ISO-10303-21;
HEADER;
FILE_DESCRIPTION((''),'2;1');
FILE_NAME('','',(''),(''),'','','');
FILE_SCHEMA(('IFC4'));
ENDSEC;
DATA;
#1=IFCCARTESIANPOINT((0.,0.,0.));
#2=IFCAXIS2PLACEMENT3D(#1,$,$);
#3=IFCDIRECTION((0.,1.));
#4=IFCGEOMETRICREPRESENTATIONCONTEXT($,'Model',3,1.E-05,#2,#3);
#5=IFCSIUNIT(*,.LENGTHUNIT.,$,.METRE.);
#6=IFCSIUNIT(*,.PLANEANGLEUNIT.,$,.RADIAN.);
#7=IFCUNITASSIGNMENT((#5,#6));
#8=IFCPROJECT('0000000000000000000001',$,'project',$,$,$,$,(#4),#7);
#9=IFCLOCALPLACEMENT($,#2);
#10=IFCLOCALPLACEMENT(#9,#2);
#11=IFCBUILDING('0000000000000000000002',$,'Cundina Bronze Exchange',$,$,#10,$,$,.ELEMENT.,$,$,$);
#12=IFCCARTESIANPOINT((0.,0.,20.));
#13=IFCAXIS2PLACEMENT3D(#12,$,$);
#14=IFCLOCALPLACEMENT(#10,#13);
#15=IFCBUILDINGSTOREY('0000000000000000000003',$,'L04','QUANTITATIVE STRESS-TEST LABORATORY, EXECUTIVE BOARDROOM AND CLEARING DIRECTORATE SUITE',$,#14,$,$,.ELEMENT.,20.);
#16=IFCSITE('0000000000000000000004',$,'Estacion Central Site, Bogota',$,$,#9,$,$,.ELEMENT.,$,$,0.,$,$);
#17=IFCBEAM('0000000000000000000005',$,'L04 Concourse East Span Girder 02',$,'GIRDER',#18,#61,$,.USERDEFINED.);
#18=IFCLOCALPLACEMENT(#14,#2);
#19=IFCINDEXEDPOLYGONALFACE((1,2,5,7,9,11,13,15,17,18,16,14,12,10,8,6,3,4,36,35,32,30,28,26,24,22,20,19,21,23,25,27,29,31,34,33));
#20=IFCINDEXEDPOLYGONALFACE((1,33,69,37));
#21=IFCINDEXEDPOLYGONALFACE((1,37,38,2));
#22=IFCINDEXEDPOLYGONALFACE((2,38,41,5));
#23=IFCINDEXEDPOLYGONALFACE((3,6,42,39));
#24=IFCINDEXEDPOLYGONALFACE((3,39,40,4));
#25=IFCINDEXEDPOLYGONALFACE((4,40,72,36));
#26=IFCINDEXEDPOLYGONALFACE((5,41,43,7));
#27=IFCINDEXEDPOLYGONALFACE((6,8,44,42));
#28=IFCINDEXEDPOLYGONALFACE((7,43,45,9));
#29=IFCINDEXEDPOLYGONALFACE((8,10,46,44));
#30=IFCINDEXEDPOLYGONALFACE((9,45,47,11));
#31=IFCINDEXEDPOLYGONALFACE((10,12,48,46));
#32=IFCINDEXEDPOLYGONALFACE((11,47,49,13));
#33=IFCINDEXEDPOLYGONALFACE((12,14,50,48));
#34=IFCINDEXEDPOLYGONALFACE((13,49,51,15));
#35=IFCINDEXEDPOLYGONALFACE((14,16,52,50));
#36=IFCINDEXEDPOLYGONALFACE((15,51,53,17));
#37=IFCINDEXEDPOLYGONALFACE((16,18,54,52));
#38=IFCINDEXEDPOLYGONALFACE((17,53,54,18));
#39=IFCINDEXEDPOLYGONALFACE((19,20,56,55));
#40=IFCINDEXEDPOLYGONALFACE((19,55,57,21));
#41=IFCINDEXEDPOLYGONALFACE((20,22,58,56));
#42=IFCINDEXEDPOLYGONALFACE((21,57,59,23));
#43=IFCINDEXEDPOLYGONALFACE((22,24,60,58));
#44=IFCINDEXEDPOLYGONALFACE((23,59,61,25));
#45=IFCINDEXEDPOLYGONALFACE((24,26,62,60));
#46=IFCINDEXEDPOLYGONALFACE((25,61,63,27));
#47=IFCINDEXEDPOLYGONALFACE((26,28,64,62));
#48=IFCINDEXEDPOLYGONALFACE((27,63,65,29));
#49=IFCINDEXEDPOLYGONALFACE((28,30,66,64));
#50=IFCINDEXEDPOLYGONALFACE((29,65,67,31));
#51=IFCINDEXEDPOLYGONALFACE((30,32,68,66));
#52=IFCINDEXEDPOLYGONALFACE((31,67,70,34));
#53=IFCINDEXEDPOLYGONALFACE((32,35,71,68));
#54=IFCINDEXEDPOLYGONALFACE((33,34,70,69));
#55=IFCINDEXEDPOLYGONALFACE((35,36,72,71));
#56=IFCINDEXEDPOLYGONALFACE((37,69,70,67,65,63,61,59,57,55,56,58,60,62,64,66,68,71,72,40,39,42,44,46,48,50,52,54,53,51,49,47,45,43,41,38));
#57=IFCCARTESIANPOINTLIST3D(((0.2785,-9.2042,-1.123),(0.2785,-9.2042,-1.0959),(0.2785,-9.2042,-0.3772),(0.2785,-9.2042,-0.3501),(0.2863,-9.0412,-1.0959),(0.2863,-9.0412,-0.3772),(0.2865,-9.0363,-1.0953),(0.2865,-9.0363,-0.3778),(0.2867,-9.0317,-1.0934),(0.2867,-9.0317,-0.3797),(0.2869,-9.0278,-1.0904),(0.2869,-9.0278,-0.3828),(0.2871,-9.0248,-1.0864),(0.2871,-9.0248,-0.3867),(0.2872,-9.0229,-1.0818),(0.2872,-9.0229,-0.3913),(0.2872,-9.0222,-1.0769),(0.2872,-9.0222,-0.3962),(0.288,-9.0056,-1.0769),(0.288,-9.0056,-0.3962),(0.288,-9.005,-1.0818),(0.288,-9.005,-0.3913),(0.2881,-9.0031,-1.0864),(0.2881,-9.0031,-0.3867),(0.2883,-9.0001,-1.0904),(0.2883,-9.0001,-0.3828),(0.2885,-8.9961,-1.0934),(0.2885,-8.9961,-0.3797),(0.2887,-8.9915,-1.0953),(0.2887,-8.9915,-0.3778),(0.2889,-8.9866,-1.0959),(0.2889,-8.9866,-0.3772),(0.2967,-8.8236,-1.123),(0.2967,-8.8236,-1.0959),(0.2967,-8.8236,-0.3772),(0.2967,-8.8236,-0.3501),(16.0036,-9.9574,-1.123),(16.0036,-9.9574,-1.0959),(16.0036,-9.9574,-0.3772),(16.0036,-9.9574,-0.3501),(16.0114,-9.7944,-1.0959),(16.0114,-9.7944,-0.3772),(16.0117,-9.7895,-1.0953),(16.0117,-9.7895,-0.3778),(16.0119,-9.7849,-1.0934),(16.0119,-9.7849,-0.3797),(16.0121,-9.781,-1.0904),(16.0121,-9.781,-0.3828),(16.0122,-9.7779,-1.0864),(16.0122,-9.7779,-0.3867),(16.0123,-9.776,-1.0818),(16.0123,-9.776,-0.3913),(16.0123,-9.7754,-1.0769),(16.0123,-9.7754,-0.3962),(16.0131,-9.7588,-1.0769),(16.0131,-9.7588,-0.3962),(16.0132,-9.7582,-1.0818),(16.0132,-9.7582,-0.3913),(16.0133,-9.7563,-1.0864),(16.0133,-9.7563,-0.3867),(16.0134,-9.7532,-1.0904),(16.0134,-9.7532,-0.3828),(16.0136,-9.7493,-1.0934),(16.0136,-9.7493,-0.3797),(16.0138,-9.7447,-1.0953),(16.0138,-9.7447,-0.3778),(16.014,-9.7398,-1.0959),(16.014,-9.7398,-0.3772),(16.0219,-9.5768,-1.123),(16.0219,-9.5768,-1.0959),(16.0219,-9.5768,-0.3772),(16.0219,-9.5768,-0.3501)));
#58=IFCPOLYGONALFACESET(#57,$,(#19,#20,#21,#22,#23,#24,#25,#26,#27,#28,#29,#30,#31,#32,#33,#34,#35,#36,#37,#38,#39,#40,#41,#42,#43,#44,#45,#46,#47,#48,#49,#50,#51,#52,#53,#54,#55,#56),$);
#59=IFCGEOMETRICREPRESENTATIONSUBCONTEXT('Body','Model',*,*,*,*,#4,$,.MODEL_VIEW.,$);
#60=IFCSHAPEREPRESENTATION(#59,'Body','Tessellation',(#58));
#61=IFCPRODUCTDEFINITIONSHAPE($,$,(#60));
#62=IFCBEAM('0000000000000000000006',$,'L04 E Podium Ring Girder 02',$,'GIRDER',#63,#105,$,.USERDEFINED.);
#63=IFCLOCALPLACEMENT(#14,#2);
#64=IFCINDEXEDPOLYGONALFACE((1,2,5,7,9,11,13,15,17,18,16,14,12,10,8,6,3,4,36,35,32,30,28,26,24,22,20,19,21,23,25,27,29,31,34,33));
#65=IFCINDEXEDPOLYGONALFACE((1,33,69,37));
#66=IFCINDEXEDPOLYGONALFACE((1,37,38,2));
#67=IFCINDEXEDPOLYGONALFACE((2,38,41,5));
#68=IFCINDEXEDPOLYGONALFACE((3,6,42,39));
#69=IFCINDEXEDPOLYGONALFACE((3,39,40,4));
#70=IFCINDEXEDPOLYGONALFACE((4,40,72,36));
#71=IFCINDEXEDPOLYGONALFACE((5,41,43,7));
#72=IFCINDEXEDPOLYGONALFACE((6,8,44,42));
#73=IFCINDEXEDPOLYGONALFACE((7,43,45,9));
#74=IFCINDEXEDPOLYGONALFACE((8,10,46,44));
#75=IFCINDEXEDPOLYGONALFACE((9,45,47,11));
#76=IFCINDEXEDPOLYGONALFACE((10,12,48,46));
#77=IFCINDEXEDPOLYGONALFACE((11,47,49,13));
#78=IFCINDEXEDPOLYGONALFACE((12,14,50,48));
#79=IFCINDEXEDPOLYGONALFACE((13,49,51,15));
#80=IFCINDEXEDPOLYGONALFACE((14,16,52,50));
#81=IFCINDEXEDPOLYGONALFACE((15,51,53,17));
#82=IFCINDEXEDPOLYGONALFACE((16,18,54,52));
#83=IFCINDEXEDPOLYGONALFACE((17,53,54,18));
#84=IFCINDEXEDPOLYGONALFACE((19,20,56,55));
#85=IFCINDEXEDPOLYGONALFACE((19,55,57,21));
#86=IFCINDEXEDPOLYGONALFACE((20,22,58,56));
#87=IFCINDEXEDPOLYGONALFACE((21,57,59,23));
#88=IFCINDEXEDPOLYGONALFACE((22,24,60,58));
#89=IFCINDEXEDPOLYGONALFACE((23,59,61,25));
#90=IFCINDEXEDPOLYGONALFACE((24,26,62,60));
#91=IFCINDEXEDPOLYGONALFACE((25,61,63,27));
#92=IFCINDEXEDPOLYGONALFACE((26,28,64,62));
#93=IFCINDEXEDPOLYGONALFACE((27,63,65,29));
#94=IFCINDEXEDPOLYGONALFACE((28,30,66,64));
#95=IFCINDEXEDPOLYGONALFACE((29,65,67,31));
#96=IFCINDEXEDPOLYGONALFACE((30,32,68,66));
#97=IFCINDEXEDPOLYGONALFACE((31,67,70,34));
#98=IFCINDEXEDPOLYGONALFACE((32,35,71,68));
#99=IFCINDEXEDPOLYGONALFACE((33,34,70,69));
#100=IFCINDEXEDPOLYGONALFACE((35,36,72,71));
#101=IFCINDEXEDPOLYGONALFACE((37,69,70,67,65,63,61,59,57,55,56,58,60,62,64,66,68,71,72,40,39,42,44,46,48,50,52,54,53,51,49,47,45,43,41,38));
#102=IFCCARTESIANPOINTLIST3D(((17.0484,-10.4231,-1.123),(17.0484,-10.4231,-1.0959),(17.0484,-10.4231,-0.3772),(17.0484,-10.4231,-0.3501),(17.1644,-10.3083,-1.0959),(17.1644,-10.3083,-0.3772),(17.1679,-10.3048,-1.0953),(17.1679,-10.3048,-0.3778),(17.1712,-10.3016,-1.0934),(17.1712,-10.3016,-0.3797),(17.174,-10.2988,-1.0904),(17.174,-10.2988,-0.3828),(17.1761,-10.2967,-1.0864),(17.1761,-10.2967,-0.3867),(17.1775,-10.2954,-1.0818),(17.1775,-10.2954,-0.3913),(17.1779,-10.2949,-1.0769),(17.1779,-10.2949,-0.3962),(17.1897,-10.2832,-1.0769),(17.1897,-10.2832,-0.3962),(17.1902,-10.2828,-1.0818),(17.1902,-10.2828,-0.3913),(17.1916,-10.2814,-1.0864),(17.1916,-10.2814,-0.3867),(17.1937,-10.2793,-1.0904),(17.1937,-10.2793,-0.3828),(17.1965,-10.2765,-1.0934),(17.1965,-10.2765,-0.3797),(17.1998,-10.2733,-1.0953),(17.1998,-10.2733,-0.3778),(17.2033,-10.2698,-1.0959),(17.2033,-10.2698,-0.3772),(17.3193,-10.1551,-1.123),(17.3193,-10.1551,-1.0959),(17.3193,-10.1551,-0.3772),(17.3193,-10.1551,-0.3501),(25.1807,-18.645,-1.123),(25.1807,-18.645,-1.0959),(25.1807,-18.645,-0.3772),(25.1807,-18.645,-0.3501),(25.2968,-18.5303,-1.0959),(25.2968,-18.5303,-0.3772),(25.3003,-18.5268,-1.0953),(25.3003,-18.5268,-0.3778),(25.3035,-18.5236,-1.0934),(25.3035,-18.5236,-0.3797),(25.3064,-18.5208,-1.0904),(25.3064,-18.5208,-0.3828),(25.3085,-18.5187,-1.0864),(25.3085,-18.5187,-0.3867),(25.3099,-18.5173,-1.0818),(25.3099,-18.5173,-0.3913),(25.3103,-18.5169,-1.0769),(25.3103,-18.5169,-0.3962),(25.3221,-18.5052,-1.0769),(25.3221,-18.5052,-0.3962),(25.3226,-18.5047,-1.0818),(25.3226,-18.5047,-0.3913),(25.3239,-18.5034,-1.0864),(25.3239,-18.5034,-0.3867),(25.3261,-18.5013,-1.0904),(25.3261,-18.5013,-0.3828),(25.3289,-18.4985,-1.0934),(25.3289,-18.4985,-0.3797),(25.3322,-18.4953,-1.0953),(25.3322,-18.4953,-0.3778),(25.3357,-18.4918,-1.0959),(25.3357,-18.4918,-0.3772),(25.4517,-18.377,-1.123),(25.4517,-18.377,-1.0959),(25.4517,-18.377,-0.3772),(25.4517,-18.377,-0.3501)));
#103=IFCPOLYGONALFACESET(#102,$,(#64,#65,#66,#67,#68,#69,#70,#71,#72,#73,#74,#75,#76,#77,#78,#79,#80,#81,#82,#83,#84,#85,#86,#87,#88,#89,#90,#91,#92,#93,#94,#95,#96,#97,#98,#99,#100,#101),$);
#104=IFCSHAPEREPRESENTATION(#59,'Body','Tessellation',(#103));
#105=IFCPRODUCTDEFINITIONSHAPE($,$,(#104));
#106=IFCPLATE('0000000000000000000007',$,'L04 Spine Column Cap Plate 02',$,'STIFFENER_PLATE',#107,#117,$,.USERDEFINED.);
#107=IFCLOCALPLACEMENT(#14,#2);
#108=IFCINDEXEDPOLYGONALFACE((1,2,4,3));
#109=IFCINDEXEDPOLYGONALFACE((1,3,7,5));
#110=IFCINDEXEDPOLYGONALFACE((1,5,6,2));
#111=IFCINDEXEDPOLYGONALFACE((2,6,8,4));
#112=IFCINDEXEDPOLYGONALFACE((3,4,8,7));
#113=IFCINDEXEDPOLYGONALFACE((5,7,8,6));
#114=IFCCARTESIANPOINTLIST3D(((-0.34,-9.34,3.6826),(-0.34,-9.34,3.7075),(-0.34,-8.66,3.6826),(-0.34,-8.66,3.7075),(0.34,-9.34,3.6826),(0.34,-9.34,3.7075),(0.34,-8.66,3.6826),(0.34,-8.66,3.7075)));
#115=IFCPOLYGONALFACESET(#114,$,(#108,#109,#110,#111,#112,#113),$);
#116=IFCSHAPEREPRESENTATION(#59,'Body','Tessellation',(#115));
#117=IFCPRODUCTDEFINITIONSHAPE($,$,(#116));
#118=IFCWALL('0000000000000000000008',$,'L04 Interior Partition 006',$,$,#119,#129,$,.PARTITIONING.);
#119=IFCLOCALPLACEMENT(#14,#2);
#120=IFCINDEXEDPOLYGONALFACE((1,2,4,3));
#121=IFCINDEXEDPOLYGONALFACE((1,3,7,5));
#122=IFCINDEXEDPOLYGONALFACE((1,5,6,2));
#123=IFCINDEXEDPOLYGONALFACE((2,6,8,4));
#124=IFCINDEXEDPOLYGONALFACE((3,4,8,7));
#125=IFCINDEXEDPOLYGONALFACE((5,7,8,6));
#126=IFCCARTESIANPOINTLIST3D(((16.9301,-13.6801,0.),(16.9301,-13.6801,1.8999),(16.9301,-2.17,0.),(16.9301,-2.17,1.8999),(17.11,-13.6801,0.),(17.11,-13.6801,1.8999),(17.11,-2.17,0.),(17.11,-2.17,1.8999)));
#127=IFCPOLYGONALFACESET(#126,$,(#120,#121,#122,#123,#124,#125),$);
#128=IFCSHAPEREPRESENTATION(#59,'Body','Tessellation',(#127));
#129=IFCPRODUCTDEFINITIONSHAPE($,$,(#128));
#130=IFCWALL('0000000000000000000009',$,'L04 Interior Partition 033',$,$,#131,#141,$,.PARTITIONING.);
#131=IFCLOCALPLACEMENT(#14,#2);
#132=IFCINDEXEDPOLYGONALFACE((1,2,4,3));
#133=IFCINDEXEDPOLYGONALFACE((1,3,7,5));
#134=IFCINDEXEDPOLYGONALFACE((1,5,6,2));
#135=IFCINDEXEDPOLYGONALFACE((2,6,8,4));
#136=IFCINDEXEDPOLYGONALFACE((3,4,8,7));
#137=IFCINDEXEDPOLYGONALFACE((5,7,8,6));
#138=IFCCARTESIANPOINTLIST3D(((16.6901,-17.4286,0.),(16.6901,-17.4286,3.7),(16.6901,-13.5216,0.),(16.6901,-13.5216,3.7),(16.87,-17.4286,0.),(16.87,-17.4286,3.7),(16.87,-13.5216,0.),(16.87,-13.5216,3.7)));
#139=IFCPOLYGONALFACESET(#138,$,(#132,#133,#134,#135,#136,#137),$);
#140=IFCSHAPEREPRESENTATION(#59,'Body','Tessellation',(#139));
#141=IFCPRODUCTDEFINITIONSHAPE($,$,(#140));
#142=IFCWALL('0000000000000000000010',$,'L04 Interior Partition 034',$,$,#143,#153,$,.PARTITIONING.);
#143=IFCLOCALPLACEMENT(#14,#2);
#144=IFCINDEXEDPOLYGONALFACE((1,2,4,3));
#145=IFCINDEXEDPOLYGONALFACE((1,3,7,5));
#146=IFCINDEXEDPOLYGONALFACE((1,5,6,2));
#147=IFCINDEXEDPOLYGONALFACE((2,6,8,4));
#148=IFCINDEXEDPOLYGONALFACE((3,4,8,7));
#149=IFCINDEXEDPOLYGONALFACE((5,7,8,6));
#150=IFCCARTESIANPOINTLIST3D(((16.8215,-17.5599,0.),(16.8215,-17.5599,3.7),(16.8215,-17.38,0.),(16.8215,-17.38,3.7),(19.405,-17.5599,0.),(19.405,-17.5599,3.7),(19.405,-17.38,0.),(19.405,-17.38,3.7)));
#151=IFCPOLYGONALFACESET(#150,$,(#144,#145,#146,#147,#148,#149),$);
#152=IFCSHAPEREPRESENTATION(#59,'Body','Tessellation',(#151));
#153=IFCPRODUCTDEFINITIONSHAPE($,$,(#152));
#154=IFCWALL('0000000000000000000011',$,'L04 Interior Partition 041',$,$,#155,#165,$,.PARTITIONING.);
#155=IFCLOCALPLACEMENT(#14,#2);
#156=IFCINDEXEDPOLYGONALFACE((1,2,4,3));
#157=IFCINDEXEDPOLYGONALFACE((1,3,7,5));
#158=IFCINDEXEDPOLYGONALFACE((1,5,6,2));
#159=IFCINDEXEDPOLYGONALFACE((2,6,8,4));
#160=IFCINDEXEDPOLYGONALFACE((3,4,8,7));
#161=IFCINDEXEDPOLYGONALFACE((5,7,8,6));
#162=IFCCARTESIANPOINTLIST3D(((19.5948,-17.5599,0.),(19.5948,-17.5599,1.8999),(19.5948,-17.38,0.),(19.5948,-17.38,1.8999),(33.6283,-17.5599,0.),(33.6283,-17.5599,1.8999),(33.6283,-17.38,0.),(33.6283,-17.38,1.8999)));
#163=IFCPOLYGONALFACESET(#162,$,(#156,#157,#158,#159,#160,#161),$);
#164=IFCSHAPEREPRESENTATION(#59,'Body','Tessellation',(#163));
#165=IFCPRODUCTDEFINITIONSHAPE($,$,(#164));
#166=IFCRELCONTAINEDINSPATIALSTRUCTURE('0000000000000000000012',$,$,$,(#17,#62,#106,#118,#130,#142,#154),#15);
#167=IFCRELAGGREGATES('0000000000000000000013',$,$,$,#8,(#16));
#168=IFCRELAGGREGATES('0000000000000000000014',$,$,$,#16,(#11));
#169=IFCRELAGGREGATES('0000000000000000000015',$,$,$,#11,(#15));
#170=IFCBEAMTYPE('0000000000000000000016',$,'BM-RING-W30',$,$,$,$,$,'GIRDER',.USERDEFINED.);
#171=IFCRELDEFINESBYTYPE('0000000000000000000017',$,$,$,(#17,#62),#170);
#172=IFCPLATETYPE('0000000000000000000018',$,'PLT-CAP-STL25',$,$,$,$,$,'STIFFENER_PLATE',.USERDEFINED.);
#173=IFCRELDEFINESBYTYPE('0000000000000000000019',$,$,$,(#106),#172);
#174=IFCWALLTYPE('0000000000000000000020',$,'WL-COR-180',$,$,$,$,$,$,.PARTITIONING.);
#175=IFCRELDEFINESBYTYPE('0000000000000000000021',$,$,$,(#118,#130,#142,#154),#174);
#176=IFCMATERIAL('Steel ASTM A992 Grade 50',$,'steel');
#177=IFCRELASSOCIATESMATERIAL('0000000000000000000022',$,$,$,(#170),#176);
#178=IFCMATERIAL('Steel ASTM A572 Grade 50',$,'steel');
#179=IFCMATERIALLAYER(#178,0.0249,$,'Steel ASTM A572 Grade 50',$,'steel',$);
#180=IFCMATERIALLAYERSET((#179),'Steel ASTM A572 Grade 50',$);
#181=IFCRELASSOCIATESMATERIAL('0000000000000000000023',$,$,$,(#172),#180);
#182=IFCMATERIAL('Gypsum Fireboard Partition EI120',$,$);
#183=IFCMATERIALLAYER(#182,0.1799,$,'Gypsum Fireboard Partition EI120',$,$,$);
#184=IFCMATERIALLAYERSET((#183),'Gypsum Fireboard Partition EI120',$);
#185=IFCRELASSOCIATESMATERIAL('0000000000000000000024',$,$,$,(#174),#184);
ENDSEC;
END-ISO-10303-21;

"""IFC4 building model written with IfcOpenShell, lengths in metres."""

from ifc_helpers import new_model, si_unit, direction, frame, frame_2d, origin, origin_2d, place, context, subcontext, project, spatial, rectangle, i_section, extrude, material, layer, layer_set, material_profile, profile_set, type_object, element, save


model = new_model("IFC4")

# Units and contexts
model_context = context("Model", 3, precision=1e-05, world=origin(), true_north=direction((0.0, 1.0)))
body_context = subcontext(model_context, "Body", "Model", "MODEL_VIEW")
ifc_project = project(units=[si_unit("LENGTHUNIT", "METRE"), si_unit("PLANEANGLEUNIT", "RADIAN")], contexts=[model_context])

# Site, building, storey
site_placement = place(None, origin())
site = spatial("IfcSite", under=ifc_project, at=site_placement, Name="Estacion Central Site, Bogota", CompositionType="ELEMENT", RefElevation=0.0)
building_placement = place(site_placement, origin())
building = spatial("IfcBuilding", under=site, at=building_placement, Name="Cundina Bronze Exchange", CompositionType="ELEMENT")
storey_placement = place(building_placement, frame((0.0, 0.0, 20.0)))
storey = spatial("IfcBuildingStorey", under=building, at=storey_placement, Name="L04", Description="QUANTITATIVE STRESS-TEST LABORATORY, EXECUTIVE BOARDROOM AND CLEARING DIRECTORATE SUITE", CompositionType="ELEMENT", Elevation=20.0)

# Beams
ifc_material_1 = material(Name="Steel ASTM A992 Grade 50", Category="steel")
ifc_material_profile_1 = material_profile(ifc_material_1, i_section(OverallWidth=0.3811, OverallDepth=0.7729, WebThickness=0.0166, FlangeThickness=0.0271, FilletRadius=0.019, at=origin_2d()), Name="W30X173", Category="steel")
ifc_profile_set_1 = profile_set([ifc_material_profile_1], Name="Steel ASTM A992 Grade 50")
beam_type = type_object("IfcBeamType", Name="BM-RING-W30", ElementType="GIRDER", PredefinedType="USERDEFINED", material=ifc_profile_set_1)
beam_1_placement = place(storey_placement, frame((0.2876, -9.0139, -0.7366), z_axis=(0.998855, -0.047841, 0.0), x_axis=(0.047841, 0.998855, 0.0)))
element("IfcBeam", 1, at=beam_1_placement, inside=storey, type_object=beam_type, Name="L04 Concourse East Span Girder 02", ObjectType="GIRDER", PredefinedType="USERDEFINED", context=body_context, shape_type="SweptSolid", body=[
    extrude(i_section(OverallWidth=0.3811, OverallDepth=0.7729, WebThickness=0.0166, FlangeThickness=0.0271, FilletRadius=0.019, at=origin_2d()), origin(), (0.0, 0.0, 1.0), 15.7432),
])
beam_2_placement = place(storey_placement, frame((17.1838, -10.2891, -0.7366), z_axis=(0.703222, -0.71097, 0.0), x_axis=(0.71097, 0.703222, 0.0)))
element("IfcBeam", 2, at=beam_2_placement, inside=storey, type_object=beam_type, Name="L04 E Podium Ring Girder 02", ObjectType="GIRDER", PredefinedType="USERDEFINED", context=body_context, shape_type="SweptSolid", body=[
    extrude(i_section(OverallWidth=0.3811, OverallDepth=0.7729, WebThickness=0.0166, FlangeThickness=0.0271, FilletRadius=0.019, at=origin_2d()), origin(), (0.0, 0.0, 1.0), 11.5645),
])

# Plate
ifc_material_2 = material(Name="Steel ASTM A572 Grade 50", Category="steel")
ifc_layer_1 = layer(ifc_material_2, 0.0249, Name="Steel ASTM A572 Grade 50", Category="steel")
ifc_layer_set_1 = layer_set([ifc_layer_1], Name="Steel ASTM A572 Grade 50")
plate_type = type_object("IfcPlateType", Name="PLT-CAP-STL25", ElementType="STIFFENER_PLATE", PredefinedType="USERDEFINED", material=ifc_layer_set_1)
plate_placement = place(storey_placement, frame((0.0, -9.0, 3.6826), z_axis=(0.0, 0.0, 1.0), x_axis=(1.0, 0.0, 0.0)))
element("IfcPlate", 3, at=plate_placement, inside=storey, type_object=plate_type, Name="L04 Spine Column Cap Plate 02", ObjectType="STIFFENER_PLATE", PredefinedType="USERDEFINED", context=body_context, shape_type="SweptSolid", body=[
    extrude(rectangle(XDim=0.6799, YDim=0.6799, at=origin_2d()), origin(), (0.0, 0.0, 1.0), 0.0249),
])

# Walls
ifc_material_3 = material(Name="Gypsum Fireboard Partition EI120")
ifc_layer_2 = layer(ifc_material_3, 0.1799, Name="Gypsum Fireboard Partition EI120")
ifc_layer_set_2 = layer_set([ifc_layer_2], Name="Gypsum Fireboard Partition EI120")
wall_type_1 = type_object("IfcWallType", Name="WL-COR-180", PredefinedType="PARTITIONING", material=ifc_layer_set_2)
wall_1_placement = place(storey_placement, frame((17.02, -13.6799, 0.0), z_axis=(0.0, 0.0, 1.0), x_axis=(0.0, 1.0, 0.0)))
element("IfcWall", 4, at=wall_1_placement, inside=storey, type_object=wall_type_1, Name="L04 Interior Partition 006", PredefinedType="PARTITIONING", context=body_context, shape_type="SweptSolid", body=[
    extrude(rectangle(XDim=11.51, YDim=0.1799, at=frame_2d((5.7549, 0.0))), origin(), (0.0, 0.0, 1.0), 1.8999),
])
wall_2_placement = place(storey_placement, frame((16.78, -13.5215, 0.0), z_axis=(0.0, 0.0, 1.0), x_axis=(0.0, -1.0, 0.0)))
element("IfcWall", 5, at=wall_2_placement, inside=storey, type_object=wall_type_1, Name="L04 Interior Partition 033", PredefinedType="PARTITIONING", context=body_context, shape_type="SweptSolid", body=[
    extrude(rectangle(XDim=3.907, YDim=0.1799, at=frame_2d((1.9536, 0.0))), origin(), (0.0, 0.0, 1.0), 3.7),
])
wall_3_placement = place(storey_placement, frame((16.8215, -17.47, 0.0), z_axis=(0.0, 0.0, 1.0), x_axis=(1.0, 0.0, 0.0)))
element("IfcWall", 6, at=wall_3_placement, inside=storey, type_object=wall_type_1, Name="L04 Interior Partition 034", PredefinedType="PARTITIONING", context=body_context, shape_type="SweptSolid", body=[
    extrude(rectangle(XDim=2.5835, YDim=0.1799, at=frame_2d((1.2917, 0.0))), origin(), (0.0, 0.0, 1.0), 3.7),
])
wall_4_placement = place(storey_placement, frame((19.595, -17.47, 0.0), z_axis=(0.0, 0.0, 1.0), x_axis=(1.0, 0.0, 0.0)))
element("IfcWall", 7, at=wall_4_placement, inside=storey, type_object=wall_type_1, Name="L04 Interior Partition 041", PredefinedType="PARTITIONING", context=body_context, shape_type="SweptSolid", body=[
    extrude(rectangle(XDim=14.0334, YDim=0.1799, at=frame_2d((7.0166, 0.0))), origin(), (0.0, 0.0, 1.0), 1.8999),
])

save(model, "model.ifc")
